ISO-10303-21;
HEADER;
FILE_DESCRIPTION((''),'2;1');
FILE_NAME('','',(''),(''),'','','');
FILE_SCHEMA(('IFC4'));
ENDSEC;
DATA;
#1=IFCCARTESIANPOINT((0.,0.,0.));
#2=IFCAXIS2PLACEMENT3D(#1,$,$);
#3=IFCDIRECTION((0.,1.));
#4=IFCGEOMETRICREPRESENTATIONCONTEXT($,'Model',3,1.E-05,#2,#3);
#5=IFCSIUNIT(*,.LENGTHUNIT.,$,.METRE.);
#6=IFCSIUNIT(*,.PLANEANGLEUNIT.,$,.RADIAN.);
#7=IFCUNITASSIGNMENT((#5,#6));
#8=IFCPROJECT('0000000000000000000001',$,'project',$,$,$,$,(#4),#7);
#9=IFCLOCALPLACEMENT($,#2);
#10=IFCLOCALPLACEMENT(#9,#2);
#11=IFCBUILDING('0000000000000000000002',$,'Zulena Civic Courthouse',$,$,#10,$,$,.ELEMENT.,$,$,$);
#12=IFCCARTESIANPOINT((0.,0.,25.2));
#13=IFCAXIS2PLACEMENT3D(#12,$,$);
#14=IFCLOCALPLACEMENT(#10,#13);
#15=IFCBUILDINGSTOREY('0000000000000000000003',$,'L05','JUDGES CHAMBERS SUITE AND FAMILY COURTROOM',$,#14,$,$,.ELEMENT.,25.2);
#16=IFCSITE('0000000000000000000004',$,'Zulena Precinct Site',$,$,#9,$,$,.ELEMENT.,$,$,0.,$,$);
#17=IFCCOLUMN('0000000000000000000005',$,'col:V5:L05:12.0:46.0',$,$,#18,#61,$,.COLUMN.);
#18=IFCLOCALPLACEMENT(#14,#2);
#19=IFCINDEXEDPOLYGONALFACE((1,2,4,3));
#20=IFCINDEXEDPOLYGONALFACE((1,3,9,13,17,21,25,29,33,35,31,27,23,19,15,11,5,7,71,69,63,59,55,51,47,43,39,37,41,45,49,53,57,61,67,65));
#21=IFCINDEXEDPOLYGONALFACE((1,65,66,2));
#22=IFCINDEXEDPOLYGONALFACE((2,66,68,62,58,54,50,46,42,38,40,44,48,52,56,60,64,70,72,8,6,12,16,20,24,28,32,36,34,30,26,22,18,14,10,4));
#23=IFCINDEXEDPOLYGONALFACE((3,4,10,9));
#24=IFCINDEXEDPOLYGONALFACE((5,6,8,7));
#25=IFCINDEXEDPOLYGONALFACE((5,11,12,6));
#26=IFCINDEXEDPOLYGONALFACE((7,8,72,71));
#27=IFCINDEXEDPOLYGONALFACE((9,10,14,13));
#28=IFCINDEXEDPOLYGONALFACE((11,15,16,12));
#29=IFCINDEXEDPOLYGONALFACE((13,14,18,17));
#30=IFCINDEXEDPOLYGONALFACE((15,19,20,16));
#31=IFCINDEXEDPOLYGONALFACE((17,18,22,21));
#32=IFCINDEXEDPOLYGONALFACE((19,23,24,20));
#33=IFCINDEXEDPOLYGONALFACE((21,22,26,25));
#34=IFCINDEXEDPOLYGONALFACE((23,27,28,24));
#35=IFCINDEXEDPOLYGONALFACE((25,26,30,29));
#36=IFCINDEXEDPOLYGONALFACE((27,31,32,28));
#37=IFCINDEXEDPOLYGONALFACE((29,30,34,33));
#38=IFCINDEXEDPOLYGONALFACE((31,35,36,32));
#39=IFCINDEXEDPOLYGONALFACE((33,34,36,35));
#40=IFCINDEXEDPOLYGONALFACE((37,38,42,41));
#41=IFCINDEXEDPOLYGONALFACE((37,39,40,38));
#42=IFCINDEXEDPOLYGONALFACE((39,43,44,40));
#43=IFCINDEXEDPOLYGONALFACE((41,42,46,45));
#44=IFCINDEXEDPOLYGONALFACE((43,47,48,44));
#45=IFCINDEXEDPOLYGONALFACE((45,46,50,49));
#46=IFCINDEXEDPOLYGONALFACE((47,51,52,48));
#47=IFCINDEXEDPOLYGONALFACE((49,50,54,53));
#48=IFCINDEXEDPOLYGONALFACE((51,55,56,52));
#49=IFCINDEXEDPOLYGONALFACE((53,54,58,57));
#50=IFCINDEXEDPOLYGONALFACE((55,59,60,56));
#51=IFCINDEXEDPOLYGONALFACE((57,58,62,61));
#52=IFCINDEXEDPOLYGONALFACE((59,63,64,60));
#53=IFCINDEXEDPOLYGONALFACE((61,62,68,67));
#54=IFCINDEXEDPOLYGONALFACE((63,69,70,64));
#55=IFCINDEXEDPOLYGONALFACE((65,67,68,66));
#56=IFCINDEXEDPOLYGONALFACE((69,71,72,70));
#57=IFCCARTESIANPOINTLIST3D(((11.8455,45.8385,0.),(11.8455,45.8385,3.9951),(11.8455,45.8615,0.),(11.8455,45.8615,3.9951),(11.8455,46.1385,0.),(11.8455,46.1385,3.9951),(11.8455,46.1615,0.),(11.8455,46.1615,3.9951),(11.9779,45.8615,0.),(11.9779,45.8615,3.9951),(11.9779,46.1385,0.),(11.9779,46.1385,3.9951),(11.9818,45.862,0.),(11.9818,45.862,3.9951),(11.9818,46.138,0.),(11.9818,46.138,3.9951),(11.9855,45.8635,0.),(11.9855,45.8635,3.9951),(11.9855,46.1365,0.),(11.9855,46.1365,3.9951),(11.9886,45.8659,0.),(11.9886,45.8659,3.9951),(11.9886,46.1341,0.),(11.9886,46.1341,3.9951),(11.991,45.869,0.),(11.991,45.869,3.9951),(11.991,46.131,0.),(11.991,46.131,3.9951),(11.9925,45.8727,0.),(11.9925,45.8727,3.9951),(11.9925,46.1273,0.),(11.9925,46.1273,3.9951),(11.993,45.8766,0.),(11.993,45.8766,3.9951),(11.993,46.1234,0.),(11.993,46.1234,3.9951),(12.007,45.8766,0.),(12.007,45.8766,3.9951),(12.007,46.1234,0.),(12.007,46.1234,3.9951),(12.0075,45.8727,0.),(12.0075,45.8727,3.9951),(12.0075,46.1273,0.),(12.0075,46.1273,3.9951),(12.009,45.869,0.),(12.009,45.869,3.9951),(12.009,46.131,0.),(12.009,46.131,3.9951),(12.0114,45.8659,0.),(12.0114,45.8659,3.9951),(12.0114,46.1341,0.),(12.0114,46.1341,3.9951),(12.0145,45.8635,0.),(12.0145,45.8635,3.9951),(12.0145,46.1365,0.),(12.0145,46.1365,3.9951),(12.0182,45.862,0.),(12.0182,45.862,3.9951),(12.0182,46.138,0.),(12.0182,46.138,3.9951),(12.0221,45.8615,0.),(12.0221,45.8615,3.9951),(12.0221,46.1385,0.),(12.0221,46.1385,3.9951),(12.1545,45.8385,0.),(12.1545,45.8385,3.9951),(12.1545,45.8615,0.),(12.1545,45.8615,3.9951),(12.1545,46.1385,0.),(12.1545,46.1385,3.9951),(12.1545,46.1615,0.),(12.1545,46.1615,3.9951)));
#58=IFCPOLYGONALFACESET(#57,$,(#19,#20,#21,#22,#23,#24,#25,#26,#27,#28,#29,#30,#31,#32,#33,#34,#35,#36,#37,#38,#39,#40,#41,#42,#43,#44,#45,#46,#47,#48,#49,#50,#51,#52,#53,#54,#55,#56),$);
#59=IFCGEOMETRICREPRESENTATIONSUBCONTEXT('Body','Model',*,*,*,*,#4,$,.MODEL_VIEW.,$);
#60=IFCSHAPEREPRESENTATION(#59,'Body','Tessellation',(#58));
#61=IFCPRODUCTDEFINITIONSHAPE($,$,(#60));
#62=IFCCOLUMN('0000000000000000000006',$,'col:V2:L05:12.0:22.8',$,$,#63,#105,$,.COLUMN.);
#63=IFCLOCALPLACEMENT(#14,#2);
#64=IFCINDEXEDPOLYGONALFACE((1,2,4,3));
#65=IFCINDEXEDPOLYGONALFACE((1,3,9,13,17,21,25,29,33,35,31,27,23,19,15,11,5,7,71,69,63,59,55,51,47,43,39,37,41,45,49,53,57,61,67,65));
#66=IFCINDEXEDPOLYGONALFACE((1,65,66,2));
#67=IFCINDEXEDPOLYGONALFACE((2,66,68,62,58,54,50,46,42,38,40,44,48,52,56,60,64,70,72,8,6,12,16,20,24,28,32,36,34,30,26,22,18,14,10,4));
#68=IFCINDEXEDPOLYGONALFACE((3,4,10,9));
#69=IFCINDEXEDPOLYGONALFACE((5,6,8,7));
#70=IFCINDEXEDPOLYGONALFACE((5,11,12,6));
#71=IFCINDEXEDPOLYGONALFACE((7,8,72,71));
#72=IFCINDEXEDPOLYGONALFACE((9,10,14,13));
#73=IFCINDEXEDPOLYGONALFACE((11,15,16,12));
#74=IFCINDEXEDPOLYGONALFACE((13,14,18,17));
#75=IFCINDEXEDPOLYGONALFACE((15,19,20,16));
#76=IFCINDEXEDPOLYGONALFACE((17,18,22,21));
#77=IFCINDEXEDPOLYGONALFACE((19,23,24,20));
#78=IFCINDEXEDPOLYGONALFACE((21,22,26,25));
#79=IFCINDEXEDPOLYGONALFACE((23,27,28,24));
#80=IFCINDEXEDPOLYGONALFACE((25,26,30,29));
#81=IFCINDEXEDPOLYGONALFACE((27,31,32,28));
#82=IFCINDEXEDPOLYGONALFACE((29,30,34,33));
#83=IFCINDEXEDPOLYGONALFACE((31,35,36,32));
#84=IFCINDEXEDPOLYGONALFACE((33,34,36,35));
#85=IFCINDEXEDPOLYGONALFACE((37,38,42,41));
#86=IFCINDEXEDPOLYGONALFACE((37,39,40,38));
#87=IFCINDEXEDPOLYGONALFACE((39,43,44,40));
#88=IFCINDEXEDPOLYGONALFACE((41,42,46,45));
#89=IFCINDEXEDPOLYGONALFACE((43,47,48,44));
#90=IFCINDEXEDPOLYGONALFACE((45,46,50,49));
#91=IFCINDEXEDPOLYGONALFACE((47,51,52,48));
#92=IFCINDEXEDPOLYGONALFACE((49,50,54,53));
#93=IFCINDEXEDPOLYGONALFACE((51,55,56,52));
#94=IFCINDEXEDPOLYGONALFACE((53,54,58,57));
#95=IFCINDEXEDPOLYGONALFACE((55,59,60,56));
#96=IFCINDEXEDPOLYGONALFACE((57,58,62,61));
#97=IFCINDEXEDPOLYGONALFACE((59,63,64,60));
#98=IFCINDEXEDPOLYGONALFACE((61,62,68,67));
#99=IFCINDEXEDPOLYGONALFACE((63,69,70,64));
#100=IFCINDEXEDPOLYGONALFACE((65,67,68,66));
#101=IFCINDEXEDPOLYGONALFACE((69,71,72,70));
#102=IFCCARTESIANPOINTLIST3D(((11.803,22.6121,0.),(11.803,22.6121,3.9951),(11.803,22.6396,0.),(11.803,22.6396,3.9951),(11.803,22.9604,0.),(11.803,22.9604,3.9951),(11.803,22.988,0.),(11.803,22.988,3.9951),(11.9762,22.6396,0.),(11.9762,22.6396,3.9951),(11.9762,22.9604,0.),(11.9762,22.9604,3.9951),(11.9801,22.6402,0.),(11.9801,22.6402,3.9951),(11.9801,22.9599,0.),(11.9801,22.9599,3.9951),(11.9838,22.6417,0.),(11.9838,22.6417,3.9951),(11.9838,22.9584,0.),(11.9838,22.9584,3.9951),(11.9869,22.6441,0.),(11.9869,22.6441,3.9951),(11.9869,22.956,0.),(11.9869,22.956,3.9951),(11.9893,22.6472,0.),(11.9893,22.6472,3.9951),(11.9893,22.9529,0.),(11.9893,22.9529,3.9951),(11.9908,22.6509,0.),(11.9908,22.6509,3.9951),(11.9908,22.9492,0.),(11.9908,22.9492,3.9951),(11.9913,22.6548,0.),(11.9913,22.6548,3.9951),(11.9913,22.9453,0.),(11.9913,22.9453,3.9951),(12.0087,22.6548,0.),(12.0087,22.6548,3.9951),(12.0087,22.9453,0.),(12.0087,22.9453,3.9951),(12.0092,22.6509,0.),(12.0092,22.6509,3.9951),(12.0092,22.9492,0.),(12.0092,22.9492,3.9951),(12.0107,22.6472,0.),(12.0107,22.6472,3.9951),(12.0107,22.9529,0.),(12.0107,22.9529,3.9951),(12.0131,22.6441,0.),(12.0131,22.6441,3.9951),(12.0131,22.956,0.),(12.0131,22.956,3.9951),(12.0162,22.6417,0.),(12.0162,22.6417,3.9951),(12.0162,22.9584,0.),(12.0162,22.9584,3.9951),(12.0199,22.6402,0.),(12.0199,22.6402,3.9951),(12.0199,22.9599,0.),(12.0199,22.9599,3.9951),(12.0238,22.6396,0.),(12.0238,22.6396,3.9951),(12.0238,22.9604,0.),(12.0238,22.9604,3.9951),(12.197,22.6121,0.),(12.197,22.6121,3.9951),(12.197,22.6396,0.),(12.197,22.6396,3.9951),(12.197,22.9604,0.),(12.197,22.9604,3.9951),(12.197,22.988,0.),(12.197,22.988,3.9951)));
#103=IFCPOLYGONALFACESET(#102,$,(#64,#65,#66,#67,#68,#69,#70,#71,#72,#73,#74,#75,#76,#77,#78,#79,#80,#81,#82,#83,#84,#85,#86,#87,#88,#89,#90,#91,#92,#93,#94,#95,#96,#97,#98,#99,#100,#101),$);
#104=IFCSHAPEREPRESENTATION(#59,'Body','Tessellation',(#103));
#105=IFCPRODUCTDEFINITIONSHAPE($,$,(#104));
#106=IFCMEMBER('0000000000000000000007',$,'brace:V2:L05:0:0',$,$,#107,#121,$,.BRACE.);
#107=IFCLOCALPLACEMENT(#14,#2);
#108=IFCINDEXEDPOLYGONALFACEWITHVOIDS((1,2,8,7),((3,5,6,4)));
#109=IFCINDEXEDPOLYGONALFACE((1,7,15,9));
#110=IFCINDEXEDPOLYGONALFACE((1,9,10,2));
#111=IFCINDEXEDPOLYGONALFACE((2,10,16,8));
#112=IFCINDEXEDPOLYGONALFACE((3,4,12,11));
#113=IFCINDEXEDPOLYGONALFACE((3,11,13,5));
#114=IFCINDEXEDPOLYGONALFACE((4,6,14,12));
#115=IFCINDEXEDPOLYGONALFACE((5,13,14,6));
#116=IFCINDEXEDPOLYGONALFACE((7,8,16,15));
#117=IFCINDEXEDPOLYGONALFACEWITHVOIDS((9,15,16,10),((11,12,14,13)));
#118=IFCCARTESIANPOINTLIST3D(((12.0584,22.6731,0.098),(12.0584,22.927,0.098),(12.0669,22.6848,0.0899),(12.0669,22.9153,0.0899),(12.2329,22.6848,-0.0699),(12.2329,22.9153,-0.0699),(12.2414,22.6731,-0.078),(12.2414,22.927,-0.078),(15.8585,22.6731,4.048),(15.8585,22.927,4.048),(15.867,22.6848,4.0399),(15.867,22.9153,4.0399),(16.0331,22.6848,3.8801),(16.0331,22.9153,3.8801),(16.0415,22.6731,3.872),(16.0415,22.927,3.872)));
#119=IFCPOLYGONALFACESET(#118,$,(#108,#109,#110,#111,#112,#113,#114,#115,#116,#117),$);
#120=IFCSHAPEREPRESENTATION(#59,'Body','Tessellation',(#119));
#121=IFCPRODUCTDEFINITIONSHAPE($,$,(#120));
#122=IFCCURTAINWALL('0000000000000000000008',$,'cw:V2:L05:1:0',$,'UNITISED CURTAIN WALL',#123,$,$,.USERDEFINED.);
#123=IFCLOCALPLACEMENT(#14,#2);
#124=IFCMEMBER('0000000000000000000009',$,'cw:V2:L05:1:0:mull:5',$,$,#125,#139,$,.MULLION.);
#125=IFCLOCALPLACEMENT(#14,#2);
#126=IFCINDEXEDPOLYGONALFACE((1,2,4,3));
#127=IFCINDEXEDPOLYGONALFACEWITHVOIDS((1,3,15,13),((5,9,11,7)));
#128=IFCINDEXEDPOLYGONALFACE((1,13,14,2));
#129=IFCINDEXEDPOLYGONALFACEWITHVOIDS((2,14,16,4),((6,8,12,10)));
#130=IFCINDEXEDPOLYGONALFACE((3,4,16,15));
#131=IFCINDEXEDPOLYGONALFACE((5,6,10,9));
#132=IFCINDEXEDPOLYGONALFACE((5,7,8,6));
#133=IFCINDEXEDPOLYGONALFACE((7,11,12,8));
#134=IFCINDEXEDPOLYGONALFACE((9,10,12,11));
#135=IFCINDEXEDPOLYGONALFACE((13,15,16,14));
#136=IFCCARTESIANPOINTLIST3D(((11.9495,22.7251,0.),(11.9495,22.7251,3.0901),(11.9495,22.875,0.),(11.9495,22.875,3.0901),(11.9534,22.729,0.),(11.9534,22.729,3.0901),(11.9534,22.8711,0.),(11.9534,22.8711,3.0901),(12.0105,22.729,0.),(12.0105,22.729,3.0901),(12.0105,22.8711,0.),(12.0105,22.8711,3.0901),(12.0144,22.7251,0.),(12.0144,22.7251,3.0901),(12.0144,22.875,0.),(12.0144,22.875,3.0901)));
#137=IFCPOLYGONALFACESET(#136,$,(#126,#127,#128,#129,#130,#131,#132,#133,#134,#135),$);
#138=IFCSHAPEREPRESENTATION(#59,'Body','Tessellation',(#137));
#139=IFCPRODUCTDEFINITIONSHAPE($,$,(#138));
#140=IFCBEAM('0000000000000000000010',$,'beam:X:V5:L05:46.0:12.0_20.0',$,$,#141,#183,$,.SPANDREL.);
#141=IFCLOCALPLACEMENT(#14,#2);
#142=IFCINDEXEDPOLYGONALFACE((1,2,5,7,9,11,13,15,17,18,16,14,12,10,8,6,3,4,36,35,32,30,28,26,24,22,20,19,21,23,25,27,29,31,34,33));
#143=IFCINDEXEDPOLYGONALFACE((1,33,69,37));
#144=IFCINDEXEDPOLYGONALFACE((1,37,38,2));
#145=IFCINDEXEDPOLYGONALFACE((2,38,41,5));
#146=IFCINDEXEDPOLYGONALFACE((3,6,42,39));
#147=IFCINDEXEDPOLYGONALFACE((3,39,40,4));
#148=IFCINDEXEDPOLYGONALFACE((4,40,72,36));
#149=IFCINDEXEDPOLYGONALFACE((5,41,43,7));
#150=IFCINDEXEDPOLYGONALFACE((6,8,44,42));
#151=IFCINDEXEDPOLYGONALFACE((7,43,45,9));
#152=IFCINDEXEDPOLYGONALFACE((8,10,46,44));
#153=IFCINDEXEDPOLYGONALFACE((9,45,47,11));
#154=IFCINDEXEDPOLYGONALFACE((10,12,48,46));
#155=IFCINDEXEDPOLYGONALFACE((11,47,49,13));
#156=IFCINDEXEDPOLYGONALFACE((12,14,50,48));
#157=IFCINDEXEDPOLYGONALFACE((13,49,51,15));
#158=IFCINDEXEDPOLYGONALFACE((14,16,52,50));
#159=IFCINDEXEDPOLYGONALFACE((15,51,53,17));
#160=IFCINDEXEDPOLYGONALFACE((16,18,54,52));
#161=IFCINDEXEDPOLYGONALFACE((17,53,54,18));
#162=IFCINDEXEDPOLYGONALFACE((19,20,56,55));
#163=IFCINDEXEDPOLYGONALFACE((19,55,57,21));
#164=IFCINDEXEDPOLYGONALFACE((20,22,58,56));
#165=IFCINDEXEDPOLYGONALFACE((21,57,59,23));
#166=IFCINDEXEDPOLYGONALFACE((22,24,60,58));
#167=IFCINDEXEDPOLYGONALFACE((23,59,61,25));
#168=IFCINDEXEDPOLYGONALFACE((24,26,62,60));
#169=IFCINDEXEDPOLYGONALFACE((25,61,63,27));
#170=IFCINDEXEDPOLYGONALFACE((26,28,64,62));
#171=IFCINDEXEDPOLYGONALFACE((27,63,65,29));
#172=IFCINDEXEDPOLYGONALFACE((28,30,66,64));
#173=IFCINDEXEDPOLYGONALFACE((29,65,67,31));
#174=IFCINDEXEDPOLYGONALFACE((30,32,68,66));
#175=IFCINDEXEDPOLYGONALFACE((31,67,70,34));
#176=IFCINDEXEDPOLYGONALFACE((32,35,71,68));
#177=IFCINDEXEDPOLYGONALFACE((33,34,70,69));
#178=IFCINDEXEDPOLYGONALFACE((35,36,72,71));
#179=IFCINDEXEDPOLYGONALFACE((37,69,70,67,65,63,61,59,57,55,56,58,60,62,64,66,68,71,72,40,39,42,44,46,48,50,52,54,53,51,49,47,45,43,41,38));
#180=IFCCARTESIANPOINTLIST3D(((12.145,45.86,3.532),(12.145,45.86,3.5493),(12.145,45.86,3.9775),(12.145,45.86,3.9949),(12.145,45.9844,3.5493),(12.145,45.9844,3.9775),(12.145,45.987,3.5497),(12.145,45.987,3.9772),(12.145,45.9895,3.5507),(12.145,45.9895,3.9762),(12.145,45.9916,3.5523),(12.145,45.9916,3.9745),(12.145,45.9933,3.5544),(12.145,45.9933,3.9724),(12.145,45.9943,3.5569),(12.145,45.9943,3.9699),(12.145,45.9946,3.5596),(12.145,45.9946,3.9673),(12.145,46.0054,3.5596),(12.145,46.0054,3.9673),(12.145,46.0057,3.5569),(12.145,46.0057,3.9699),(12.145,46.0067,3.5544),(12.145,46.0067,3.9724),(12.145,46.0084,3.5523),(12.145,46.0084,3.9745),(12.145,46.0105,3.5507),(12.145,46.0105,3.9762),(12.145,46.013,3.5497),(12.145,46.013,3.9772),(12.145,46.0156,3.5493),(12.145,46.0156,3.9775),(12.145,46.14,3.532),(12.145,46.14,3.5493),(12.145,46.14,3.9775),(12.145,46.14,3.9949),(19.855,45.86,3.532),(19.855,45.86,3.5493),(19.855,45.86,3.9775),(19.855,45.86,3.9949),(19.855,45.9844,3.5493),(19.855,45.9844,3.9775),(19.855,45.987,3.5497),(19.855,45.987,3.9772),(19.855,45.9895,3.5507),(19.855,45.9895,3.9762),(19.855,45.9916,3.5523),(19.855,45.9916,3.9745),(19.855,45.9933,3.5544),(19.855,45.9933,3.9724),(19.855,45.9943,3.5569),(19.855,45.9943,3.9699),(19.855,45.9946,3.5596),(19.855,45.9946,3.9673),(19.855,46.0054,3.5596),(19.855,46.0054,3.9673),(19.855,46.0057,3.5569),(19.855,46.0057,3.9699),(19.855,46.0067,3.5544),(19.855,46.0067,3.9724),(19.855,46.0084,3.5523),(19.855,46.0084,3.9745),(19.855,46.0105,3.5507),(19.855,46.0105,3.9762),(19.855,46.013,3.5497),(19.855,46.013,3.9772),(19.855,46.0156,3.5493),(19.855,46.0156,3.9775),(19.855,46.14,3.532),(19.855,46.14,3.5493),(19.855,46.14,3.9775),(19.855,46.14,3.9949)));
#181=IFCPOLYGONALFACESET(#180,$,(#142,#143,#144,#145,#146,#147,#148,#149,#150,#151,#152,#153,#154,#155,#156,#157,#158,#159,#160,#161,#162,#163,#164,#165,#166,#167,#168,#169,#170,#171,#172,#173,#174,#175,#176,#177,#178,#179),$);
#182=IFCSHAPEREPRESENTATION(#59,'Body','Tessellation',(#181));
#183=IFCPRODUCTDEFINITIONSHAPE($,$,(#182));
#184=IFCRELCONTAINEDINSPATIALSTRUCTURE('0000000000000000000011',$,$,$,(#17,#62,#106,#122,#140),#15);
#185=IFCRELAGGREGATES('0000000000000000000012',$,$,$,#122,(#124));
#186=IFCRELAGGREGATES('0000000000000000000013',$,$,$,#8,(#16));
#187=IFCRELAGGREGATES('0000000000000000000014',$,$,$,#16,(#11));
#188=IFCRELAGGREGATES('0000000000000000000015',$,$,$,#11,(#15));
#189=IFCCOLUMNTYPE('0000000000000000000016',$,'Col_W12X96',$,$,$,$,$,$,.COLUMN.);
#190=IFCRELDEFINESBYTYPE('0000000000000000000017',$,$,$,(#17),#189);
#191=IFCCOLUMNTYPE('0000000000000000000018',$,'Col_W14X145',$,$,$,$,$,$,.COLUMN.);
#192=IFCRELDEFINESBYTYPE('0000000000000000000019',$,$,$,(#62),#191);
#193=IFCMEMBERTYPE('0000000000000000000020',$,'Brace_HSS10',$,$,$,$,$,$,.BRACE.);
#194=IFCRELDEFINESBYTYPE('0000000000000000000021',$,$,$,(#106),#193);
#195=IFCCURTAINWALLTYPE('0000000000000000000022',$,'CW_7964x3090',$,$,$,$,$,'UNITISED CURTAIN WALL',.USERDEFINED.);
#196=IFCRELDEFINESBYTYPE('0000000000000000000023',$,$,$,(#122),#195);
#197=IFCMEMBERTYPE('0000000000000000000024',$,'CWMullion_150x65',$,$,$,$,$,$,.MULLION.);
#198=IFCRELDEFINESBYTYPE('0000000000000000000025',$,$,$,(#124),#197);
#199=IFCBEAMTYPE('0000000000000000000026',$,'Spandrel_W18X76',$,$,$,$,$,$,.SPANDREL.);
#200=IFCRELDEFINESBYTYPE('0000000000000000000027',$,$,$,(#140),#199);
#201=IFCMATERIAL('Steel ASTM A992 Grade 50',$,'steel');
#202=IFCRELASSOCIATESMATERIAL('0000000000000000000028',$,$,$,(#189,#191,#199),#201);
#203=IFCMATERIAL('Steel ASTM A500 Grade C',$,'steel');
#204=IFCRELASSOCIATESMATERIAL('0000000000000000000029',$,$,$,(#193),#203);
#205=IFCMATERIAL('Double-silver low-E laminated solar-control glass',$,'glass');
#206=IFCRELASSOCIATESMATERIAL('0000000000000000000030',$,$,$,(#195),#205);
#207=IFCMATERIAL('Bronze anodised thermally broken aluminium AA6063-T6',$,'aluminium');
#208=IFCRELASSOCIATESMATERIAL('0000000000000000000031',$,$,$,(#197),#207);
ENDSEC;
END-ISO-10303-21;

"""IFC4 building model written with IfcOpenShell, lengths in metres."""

from ifc_helpers import new_model, si_unit, direction, frame, origin, origin_2d, place, context, subcontext, project, spatial, hollow_rectangle, i_section, extrude, material, material_profile, profile_set, type_object, element, aggregate, save


model = new_model("IFC4")

# Units and contexts
model_context = context("Model", 3, precision=1e-05, world=origin(), true_north=direction((0.0, 1.0)))
body_context = subcontext(model_context, "Body", "Model", "MODEL_VIEW")
ifc_project = project(units=[si_unit("LENGTHUNIT", "METRE"), si_unit("PLANEANGLEUNIT", "RADIAN")], contexts=[model_context])

# Site, building, storey
site_placement = place(None, origin())
site = spatial("IfcSite", under=ifc_project, at=site_placement, Name="Zulena Precinct Site", CompositionType="ELEMENT", RefElevation=0.0)
building_placement = place(site_placement, origin())
building = spatial("IfcBuilding", under=site, at=building_placement, Name="Zulena Civic Courthouse", CompositionType="ELEMENT")
storey_placement = place(building_placement, frame((0.0, 0.0, 25.2)))
storey = spatial("IfcBuildingStorey", under=building, at=storey_placement, Name="L05", Description="JUDGES CHAMBERS SUITE AND FAMILY COURTROOM", CompositionType="ELEMENT", Elevation=25.2)

# Columns
ifc_material_1 = material(Name="Steel ASTM A992 Grade 50", Category="steel")
ifc_material_profile_1 = material_profile(ifc_material_1, i_section(OverallWidth=0.3091, OverallDepth=0.323, WebThickness=0.0139, FlangeThickness=0.0229, FilletRadius=0.0151, at=origin_2d()), Name="W12X96")
ifc_profile_set_1 = profile_set([ifc_material_profile_1], Name="Steel ASTM A992 Grade 50")
column_type_1 = type_object("IfcColumnType", Name="Col_W12X96", PredefinedType="COLUMN", material=ifc_profile_set_1)
column_1_placement = place(storey_placement, frame((12.0, 46.0, 0.0), z_axis=(0.0, 0.0, 1.0), x_axis=(1.0, 0.0, 0.0)))
element("IfcColumn", 1, at=column_1_placement, inside=storey, type_object=column_type_1, Name="col:V5:L05:12.0:46.0", PredefinedType="COLUMN", context=body_context, shape_type="SweptSolid", body=[
    extrude(i_section(OverallWidth=0.3091, OverallDepth=0.323, WebThickness=0.0139, FlangeThickness=0.0229, FilletRadius=0.0151, at=origin_2d()), origin(), (0.0, 0.0, 1.0), 3.9951),
])
ifc_material_profile_2 = material_profile(ifc_material_1, i_section(OverallWidth=0.394, OverallDepth=0.376, WebThickness=0.0173, FlangeThickness=0.0276, FilletRadius=0.0151, at=origin_2d()), Name="W14X145")
ifc_profile_set_2 = profile_set([ifc_material_profile_2], Name="Steel ASTM A992 Grade 50")
column_type_2 = type_object("IfcColumnType", Name="Col_W14X145", PredefinedType="COLUMN", material=ifc_profile_set_2)
column_2_placement = place(storey_placement, frame((12.0, 22.8, 0.0), z_axis=(0.0, 0.0, 1.0), x_axis=(1.0, 0.0, 0.0)))
element("IfcColumn", 2, at=column_2_placement, inside=storey, type_object=column_type_2, Name="col:V2:L05:12.0:22.8", PredefinedType="COLUMN", context=body_context, shape_type="SweptSolid", body=[
    extrude(i_section(OverallWidth=0.394, OverallDepth=0.376, WebThickness=0.0173, FlangeThickness=0.0276, FilletRadius=0.0151, at=origin_2d()), origin(), (0.0, 0.0, 1.0), 3.9951),
])

# Member
ifc_material_2 = material(Name="Steel ASTM A500 Grade C", Category="steel")
ifc_material_profile_3 = material_profile(ifc_material_2, hollow_rectangle(XDim=0.2539, YDim=0.2539, WallThickness=0.0117, at=origin_2d()), Name="HSS10X10X1/2")
ifc_profile_set_3 = profile_set([ifc_material_profile_3], Name="Steel ASTM A500 Grade C")
member_type_1 = type_object("IfcMemberType", Name="Brace_HSS10", PredefinedType="BRACE", material=ifc_profile_set_3)
member_1_placement = place(storey_placement, frame((12.1499, 22.8, 0.01), z_axis=(0.6933, 0.0, 0.720649), x_axis=(0.0, 1.0, 0.0)))
element("IfcMember", 3, at=member_1_placement, inside=storey, type_object=member_type_1, Name="brace:V2:L05:0:0", PredefinedType="BRACE", context=body_context, shape_type="SweptSolid", body=[
    extrude(hollow_rectangle(XDim=0.2539, YDim=0.2539, WallThickness=0.0117, at=origin_2d()), origin(), (0.0, 0.0, 1.0), 5.4812),
])

# Curtain wall, member
ifc_material_3 = material(Name="Double-silver low-E laminated solar-control glass", Category="glass")
curtain_wall_type = type_object("IfcCurtainWallType", Name="CW_7964x3090", ElementType="UNITISED CURTAIN WALL", PredefinedType="USERDEFINED", material=ifc_material_3)
curtain_wall_placement = place(storey_placement, origin())
curtain_wall = element("IfcCurtainWall", 4, at=curtain_wall_placement, inside=storey, type_object=curtain_wall_type, Name="cw:V2:L05:1:0", ObjectType="UNITISED CURTAIN WALL", PredefinedType="USERDEFINED")
ifc_material_4 = material(Name="Bronze anodised thermally broken aluminium AA6063-T6", Category="aluminium")
ifc_material_profile_4 = material_profile(ifc_material_4, hollow_rectangle(XDim=0.0649, YDim=0.1499, WallThickness=0.0039, at=origin_2d()), Name="CWM150X65X4")
ifc_profile_set_4 = profile_set([ifc_material_profile_4], Name="Bronze anodised thermally broken aluminium AA6063-T6")
member_type_2 = type_object("IfcMemberType", Name="CWMullion_150x65", PredefinedType="MULLION", material=ifc_profile_set_4)
member_2_placement = place(storey_placement, frame((11.9819, 22.8, 0.0), z_axis=(0.0, 0.0, 1.0), x_axis=(1.0, 0.0, 0.0)))
member_2 = element("IfcMember", 5, at=member_2_placement, type_object=member_type_2, Name="cw:V2:L05:1:0:mull:5", PredefinedType="MULLION", context=body_context, shape_type="SweptSolid", body=[
    extrude(hollow_rectangle(XDim=0.0649, YDim=0.1499, WallThickness=0.0039, at=origin_2d()), origin(), (0.0, 0.0, 1.0), 3.0901),
])
aggregate(curtain_wall, [member_2])

# Beam
ifc_material_profile_5 = material_profile(ifc_material_1, i_section(OverallWidth=0.28, OverallDepth=0.4629, WebThickness=0.0107, FlangeThickness=0.0173, FilletRadius=0.0103, at=origin_2d()), Name="W18X76")
ifc_profile_set_5 = profile_set([ifc_material_profile_5], Name="Steel ASTM A992 Grade 50")
beam_type_1 = type_object("IfcBeamType", Name="Spandrel_W18X76", PredefinedType="SPANDREL", material=ifc_profile_set_5)
beam_1_placement = place(storey_placement, frame((12.145, 46.0, 3.7634), z_axis=(1.0, 0.0, 0.0), x_axis=(0.0, 1.0, 0.0)))
element("IfcBeam", 6, at=beam_1_placement, inside=storey, type_object=beam_type_1, Name="beam:X:V5:L05:46.0:12.0_20.0", PredefinedType="SPANDREL", context=body_context, shape_type="SweptSolid", body=[
    extrude(i_section(OverallWidth=0.28, OverallDepth=0.4629, WebThickness=0.0107, FlangeThickness=0.0173, FilletRadius=0.0103, at=origin_2d()), origin(), (0.0, 0.0, 1.0), 7.71),
])

save(model, "model.ifc")
